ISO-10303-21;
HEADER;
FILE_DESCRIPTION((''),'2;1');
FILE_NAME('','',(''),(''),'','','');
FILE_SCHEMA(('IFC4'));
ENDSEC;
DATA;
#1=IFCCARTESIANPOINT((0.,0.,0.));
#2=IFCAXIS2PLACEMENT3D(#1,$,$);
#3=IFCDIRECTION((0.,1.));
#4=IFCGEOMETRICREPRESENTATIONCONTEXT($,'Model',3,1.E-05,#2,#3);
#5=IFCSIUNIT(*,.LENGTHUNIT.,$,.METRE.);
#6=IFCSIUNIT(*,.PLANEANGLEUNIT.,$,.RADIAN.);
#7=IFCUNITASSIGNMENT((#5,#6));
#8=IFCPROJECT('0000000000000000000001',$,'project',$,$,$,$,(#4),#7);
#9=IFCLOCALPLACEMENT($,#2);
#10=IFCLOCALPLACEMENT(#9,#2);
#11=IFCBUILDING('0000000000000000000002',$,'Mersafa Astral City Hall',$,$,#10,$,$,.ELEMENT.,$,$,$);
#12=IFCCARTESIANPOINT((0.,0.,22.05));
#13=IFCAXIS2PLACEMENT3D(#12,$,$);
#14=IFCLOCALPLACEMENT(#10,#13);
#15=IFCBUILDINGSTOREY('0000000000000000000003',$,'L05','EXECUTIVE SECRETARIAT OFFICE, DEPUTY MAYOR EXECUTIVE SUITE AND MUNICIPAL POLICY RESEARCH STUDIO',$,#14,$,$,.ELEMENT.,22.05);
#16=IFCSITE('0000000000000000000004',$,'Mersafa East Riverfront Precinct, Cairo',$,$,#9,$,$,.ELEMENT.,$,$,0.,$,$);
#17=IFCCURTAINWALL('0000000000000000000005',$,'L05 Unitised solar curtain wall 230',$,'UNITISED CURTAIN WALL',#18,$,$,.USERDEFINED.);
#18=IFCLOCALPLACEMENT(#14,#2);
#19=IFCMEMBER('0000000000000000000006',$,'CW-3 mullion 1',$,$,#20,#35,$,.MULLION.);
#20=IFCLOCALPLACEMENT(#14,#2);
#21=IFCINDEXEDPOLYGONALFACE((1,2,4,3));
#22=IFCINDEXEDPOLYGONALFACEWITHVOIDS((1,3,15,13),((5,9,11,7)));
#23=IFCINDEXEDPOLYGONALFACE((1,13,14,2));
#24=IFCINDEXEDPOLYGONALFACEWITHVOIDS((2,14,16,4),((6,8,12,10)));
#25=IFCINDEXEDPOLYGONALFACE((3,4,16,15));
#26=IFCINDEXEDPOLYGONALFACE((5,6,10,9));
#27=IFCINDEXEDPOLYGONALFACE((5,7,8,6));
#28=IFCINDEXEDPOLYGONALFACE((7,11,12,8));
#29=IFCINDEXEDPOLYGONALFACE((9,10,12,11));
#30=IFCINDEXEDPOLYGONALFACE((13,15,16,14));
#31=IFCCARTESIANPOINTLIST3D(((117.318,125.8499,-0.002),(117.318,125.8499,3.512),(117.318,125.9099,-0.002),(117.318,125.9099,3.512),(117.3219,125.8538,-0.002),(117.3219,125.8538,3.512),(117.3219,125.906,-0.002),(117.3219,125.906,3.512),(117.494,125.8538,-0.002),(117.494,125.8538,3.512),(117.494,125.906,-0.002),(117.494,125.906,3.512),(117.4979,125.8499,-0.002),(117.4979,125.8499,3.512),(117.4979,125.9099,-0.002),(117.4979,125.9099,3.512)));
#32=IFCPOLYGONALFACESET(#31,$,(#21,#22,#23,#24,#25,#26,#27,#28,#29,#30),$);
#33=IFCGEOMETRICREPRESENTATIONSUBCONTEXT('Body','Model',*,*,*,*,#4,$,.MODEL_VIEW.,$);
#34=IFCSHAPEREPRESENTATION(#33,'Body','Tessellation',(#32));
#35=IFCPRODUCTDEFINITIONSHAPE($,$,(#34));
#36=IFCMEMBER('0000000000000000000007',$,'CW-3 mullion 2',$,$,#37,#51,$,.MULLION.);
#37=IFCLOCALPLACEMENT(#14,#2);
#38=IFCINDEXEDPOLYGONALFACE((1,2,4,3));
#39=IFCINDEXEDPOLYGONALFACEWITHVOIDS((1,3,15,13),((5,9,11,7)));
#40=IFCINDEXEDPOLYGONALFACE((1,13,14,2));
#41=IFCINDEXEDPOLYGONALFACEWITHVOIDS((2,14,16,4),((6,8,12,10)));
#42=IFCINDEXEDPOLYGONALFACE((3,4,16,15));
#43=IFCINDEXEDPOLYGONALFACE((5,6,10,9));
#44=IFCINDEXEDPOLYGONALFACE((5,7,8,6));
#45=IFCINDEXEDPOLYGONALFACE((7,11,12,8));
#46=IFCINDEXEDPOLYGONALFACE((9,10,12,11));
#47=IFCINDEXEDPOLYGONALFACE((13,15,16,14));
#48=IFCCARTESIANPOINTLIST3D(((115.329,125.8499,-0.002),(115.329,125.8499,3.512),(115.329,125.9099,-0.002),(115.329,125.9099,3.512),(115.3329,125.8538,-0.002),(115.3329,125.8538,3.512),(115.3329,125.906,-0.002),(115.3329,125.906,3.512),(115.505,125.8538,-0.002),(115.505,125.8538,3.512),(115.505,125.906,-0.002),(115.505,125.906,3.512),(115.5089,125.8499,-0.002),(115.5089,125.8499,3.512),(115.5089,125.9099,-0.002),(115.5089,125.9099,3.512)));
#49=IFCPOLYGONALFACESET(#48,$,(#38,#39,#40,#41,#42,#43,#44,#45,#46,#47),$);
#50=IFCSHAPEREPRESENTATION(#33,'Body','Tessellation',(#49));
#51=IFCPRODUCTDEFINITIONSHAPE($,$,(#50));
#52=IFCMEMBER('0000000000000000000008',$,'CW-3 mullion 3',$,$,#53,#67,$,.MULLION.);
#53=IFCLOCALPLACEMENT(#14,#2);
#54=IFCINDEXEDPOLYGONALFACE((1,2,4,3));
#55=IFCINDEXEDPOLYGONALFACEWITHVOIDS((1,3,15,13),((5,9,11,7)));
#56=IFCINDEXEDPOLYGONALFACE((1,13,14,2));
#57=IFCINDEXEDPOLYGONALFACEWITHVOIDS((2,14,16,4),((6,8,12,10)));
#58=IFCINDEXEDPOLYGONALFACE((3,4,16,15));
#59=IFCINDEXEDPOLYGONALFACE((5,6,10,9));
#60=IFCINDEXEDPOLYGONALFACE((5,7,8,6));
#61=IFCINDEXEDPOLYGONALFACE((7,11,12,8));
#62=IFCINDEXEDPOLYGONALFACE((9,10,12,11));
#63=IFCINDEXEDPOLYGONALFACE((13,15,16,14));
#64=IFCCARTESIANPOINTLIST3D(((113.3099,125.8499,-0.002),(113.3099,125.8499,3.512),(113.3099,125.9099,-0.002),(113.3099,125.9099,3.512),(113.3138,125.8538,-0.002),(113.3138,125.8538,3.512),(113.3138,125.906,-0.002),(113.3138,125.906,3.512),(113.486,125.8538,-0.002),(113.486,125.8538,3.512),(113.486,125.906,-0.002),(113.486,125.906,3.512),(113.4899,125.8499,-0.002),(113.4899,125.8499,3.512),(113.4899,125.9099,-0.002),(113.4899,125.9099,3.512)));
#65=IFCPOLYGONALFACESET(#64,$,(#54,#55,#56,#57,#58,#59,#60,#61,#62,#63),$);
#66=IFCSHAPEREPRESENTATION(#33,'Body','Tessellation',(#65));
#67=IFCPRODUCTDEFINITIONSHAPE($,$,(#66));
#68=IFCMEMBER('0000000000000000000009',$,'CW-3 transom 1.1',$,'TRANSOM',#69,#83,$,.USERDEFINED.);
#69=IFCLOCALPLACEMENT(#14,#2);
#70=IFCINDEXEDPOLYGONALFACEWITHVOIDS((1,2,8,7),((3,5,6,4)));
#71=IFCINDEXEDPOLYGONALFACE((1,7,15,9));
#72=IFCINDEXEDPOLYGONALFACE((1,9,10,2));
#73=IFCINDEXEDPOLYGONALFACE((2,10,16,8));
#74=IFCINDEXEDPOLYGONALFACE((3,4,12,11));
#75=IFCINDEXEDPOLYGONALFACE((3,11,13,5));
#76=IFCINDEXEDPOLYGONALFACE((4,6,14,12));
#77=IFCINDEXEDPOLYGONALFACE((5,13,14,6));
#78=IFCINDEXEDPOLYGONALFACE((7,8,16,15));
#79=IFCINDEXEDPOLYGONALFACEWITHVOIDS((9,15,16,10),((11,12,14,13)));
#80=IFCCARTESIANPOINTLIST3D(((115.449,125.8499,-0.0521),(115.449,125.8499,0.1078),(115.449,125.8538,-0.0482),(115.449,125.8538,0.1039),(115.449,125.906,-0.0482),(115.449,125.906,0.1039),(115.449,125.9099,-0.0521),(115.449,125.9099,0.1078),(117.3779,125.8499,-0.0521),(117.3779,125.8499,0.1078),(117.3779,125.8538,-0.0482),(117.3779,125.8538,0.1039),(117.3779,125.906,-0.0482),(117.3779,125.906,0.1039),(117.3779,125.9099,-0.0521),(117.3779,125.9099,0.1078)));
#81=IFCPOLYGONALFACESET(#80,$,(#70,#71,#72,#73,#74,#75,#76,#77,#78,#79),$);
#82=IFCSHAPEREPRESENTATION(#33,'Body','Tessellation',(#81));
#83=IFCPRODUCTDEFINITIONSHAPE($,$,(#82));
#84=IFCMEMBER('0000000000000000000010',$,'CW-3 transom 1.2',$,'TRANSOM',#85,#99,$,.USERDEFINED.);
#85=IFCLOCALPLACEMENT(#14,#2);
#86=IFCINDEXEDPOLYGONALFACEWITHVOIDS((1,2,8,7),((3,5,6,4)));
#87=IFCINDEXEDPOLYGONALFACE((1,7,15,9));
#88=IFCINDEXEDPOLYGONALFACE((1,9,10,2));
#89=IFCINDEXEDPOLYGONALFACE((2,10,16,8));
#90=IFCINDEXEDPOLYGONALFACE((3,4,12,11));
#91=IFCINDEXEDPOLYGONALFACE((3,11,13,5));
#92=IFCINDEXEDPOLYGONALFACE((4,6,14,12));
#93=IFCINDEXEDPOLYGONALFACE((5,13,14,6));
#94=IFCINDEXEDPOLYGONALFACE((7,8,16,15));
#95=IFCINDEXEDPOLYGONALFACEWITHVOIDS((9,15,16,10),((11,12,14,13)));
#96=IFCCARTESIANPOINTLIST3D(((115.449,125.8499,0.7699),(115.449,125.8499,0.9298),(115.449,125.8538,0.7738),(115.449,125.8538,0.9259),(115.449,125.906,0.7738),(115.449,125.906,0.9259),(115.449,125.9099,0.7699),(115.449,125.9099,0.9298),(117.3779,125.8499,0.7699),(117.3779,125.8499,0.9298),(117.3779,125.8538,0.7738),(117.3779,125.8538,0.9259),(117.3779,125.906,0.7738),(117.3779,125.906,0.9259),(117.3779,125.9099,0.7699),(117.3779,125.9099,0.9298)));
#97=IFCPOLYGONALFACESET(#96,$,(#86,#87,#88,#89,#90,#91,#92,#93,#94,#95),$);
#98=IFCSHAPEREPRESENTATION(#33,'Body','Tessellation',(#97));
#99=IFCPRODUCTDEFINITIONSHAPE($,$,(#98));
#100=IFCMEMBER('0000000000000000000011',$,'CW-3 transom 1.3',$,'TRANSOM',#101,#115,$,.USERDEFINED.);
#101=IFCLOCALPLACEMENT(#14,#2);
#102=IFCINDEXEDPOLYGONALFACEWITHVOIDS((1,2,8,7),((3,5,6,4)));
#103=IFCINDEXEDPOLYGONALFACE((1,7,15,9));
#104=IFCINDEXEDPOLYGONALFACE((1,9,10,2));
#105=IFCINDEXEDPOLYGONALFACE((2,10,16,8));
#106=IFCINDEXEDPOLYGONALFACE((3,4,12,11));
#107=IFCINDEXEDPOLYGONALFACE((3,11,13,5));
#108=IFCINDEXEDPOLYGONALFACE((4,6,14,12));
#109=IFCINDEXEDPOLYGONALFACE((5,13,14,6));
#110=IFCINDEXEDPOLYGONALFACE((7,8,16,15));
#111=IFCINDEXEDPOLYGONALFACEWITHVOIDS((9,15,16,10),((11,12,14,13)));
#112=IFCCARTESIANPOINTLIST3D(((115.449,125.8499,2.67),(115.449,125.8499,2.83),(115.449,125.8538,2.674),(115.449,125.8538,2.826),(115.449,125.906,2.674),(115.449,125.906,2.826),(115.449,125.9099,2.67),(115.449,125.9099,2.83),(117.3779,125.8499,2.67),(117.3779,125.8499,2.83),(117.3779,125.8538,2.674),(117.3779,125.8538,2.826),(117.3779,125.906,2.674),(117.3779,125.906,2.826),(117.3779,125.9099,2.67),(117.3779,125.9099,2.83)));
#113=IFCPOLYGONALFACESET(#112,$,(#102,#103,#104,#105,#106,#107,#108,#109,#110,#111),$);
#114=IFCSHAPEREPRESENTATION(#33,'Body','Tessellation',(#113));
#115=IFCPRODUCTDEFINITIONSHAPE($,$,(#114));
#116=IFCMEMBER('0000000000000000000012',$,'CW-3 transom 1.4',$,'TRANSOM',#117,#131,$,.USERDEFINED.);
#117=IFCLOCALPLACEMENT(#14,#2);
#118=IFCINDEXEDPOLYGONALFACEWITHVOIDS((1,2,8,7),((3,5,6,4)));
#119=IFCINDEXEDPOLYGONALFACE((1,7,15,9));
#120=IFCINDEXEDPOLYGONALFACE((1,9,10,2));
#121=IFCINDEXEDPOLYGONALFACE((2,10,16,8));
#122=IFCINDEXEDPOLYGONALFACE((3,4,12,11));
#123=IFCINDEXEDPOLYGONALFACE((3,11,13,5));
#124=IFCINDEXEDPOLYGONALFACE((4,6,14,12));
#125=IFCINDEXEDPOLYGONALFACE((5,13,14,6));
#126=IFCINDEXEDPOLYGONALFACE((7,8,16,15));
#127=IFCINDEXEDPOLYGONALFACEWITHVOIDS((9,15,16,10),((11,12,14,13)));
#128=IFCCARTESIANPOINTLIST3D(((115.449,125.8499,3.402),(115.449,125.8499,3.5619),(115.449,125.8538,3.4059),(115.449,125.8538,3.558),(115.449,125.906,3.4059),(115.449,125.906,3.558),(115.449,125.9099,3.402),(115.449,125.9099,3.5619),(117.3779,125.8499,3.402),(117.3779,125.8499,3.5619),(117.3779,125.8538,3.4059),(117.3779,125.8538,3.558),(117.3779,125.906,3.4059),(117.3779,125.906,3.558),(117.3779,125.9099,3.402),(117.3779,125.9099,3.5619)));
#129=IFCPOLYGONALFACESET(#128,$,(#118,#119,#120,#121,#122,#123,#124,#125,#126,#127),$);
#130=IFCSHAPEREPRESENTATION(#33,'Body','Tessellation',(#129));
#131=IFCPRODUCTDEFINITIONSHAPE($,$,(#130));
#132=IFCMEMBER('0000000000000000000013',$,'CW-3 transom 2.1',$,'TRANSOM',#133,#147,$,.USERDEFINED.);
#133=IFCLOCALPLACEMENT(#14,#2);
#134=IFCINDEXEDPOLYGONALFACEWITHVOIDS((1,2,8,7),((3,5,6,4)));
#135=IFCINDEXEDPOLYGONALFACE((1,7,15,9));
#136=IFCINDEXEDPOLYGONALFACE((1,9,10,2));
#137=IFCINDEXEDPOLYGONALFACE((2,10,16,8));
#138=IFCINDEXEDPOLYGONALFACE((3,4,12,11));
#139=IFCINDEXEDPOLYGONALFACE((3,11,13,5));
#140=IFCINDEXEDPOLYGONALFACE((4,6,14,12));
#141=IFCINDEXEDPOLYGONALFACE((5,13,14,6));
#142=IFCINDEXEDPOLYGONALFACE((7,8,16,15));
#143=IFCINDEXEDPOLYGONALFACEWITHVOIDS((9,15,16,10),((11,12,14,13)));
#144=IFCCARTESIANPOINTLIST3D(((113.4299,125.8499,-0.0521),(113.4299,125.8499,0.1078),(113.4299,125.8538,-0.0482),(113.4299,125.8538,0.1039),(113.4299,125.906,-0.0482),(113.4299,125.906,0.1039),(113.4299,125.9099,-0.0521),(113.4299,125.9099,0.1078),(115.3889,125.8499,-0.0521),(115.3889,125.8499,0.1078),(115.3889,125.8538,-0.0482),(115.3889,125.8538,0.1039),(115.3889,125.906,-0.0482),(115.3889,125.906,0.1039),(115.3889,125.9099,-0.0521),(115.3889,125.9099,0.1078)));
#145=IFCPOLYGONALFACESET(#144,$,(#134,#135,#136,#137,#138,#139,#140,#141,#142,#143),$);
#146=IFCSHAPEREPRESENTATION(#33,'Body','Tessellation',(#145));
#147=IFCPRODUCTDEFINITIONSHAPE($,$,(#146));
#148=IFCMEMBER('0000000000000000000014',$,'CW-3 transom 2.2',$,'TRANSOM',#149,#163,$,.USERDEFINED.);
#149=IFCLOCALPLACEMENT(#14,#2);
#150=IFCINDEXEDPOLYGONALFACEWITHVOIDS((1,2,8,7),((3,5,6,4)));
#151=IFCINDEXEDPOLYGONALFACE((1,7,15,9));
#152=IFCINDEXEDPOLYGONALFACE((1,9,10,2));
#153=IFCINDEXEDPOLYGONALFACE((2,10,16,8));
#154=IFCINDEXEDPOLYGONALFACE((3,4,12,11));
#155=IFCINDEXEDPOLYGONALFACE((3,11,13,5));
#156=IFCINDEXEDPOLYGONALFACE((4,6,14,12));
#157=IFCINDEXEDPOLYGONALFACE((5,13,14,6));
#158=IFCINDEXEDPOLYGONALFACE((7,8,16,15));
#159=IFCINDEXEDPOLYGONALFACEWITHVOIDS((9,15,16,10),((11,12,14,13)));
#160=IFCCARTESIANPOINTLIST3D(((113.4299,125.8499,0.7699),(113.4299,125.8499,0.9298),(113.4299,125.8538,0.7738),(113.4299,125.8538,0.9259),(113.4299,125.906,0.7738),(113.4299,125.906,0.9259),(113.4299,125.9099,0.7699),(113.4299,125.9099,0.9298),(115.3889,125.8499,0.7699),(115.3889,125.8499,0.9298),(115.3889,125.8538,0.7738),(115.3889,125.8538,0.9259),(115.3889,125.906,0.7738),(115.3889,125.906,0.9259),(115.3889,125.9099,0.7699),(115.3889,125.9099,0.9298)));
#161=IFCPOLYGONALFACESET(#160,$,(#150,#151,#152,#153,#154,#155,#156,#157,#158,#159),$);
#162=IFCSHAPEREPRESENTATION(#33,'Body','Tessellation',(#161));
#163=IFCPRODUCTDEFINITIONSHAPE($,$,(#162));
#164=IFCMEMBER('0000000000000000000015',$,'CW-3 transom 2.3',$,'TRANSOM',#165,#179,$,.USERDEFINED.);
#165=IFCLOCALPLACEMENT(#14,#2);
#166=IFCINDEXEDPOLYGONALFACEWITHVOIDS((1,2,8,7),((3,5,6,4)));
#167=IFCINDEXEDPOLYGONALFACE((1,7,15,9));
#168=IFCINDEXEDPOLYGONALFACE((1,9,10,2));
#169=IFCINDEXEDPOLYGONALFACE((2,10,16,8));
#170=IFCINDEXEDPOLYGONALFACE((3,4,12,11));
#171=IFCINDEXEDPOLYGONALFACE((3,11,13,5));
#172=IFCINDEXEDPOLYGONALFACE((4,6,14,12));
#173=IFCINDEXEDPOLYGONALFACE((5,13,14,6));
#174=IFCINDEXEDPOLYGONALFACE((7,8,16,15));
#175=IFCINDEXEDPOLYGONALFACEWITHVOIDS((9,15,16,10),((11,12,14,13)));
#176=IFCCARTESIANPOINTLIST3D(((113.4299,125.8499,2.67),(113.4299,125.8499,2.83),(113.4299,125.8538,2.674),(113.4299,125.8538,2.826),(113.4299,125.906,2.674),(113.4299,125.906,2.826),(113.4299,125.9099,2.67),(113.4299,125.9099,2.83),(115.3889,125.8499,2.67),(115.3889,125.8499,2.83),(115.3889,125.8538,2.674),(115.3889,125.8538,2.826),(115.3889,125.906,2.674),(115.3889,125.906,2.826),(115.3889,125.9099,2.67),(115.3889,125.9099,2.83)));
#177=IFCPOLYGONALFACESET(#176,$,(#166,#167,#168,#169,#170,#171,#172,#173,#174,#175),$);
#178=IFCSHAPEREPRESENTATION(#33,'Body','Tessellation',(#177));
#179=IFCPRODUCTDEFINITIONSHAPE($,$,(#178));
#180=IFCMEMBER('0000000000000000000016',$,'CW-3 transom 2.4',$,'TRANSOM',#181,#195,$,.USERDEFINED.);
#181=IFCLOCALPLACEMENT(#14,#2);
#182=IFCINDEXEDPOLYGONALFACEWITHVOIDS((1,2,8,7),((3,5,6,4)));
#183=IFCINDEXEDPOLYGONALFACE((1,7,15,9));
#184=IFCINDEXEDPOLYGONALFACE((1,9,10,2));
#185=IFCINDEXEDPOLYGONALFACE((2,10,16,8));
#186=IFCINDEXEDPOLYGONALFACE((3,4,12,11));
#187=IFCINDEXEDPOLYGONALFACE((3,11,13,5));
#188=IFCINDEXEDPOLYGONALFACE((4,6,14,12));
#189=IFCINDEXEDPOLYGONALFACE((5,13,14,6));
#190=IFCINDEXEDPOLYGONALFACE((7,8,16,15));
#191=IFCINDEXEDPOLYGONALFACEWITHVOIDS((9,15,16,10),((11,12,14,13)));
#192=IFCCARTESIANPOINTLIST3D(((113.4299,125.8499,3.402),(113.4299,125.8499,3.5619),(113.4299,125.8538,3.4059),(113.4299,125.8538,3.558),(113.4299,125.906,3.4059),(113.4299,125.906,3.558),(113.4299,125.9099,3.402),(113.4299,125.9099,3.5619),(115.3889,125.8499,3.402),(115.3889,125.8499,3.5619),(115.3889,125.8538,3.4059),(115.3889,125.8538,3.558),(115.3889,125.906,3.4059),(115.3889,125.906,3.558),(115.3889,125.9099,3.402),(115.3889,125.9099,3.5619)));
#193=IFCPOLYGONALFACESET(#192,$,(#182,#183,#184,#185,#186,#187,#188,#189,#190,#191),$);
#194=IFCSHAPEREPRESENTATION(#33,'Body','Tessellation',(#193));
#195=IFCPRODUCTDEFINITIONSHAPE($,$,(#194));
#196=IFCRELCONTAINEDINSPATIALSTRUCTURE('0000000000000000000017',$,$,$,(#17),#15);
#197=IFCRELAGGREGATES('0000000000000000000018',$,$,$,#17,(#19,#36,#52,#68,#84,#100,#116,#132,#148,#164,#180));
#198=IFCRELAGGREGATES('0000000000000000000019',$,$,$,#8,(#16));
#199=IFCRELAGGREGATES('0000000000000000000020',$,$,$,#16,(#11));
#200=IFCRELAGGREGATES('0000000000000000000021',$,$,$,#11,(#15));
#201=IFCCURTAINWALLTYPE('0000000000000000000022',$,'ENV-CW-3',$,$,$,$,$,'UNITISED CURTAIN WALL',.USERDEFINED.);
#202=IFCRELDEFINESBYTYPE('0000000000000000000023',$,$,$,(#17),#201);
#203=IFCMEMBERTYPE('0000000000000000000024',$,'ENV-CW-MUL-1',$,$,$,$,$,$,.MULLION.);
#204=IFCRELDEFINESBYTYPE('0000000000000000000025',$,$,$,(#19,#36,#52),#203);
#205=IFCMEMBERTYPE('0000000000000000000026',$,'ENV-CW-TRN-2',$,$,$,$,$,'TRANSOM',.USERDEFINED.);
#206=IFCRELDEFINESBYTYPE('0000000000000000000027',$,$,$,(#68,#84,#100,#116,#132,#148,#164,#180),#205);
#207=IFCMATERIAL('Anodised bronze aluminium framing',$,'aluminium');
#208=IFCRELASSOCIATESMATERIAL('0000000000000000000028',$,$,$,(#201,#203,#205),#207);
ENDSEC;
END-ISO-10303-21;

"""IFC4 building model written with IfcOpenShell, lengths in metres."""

from ifc_helpers import new_model, si_unit, direction, frame, origin, origin_2d, place, context, subcontext, project, spatial, hollow_rectangle, extrude, material, material_profile, profile_set, type_object, element, aggregate, save


model = new_model("IFC4")

# Units and contexts
model_context = context("Model", 3, precision=1e-05, world=origin(), true_north=direction((0.0, 1.0)))
body_context = subcontext(model_context, "Body", "Model", "MODEL_VIEW")
ifc_project = project(units=[si_unit("LENGTHUNIT", "METRE"), si_unit("PLANEANGLEUNIT", "RADIAN")], contexts=[model_context])

# Site, building, storey
site_placement = place(None, origin())
site = spatial("IfcSite", under=ifc_project, at=site_placement, Name="Mersafa East Riverfront Precinct, Cairo", CompositionType="ELEMENT", RefElevation=0.0)
building_placement = place(site_placement, origin())
building = spatial("IfcBuilding", under=site, at=building_placement, Name="Mersafa Astral City Hall", CompositionType="ELEMENT")
storey_placement = place(building_placement, frame((0.0, 0.0, 22.05)))
storey = spatial("IfcBuildingStorey", under=building, at=storey_placement, Name="L05", Description="EXECUTIVE SECRETARIAT OFFICE, DEPUTY MAYOR EXECUTIVE SUITE AND MUNICIPAL POLICY RESEARCH STUDIO", CompositionType="ELEMENT", Elevation=22.05)

# Curtain wall, members
ifc_material_1 = material(Name="Anodised bronze aluminium framing", Category="aluminium")
curtain_wall_type = type_object("IfcCurtainWallType", Name="ENV-CW-3", ElementType="UNITISED CURTAIN WALL", PredefinedType="USERDEFINED", material=ifc_material_1)
curtain_wall_placement = place(storey_placement, origin())
curtain_wall = element("IfcCurtainWall", 1, at=curtain_wall_placement, inside=storey, type_object=curtain_wall_type, Name="L05 Unitised solar curtain wall 230", ObjectType="UNITISED CURTAIN WALL", PredefinedType="USERDEFINED")
ifc_material_profile_1 = material_profile(ifc_material_1, hollow_rectangle(XDim=0.0601, YDim=0.1799, WallThickness=0.0039, at=origin_2d()), Name="RHS 60x180x4")
ifc_profile_set_1 = profile_set([ifc_material_profile_1], Name="Anodised bronze aluminium framing")
member_type_1 = type_object("IfcMemberType", Name="ENV-CW-MUL-1", PredefinedType="MULLION", material=ifc_profile_set_1)
member_1_placement = place(storey_placement, frame((117.408, 125.8799, -0.002), z_axis=(0.0, 0.0, 1.0), x_axis=(0.0, -1.0, 0.0)))
member_1 = element("IfcMember", 2, at=member_1_placement, type_object=member_type_1, Name="CW-3 mullion 1", PredefinedType="MULLION", context=body_context, shape_type="SweptSolid", body=[
    extrude(hollow_rectangle(XDim=0.0601, YDim=0.1799, WallThickness=0.0039, at=origin_2d()), origin(), (0.0, 0.0, 1.0), 3.5139),
])
member_2_placement = place(storey_placement, frame((115.4189, 125.8799, -0.002), z_axis=(0.0, 0.0, 1.0), x_axis=(0.0, -1.0, 0.0)))
member_2 = element("IfcMember", 3, at=member_2_placement, type_object=member_type_1, Name="CW-3 mullion 2", PredefinedType="MULLION", context=body_context, shape_type="SweptSolid", body=[
    extrude(hollow_rectangle(XDim=0.0601, YDim=0.1799, WallThickness=0.0039, at=origin_2d()), origin(), (0.0, 0.0, 1.0), 3.5139),
])
member_3_placement = place(storey_placement, frame((113.3999, 125.8799, -0.002), z_axis=(0.0, 0.0, 1.0), x_axis=(0.0, -1.0, 0.0)))
member_3 = element("IfcMember", 4, at=member_3_placement, type_object=member_type_1, Name="CW-3 mullion 3", PredefinedType="MULLION", context=body_context, shape_type="SweptSolid", body=[
    extrude(hollow_rectangle(XDim=0.0601, YDim=0.1799, WallThickness=0.0039, at=origin_2d()), origin(), (0.0, 0.0, 1.0), 3.5139),
])
ifc_material_profile_2 = material_profile(ifc_material_1, hollow_rectangle(XDim=0.0601, YDim=0.1599, WallThickness=0.0039, at=origin_2d()), Name="RHS 60x160x4")
ifc_profile_set_2 = profile_set([ifc_material_profile_2], Name="Anodised bronze aluminium framing")
member_type_2 = type_object("IfcMemberType", Name="ENV-CW-TRN-2", ElementType="TRANSOM", PredefinedType="USERDEFINED", material=ifc_profile_set_2)
member_4_placement = place(storey_placement, frame((117.3779, 125.8799, 0.0278), z_axis=(-1.0, 0.0, 0.0), x_axis=(0.0, -1.0, 0.0)))
member_4 = element("IfcMember", 5, at=member_4_placement, type_object=member_type_2, Name="CW-3 transom 1.1", ObjectType="TRANSOM", PredefinedType="USERDEFINED", context=body_context, shape_type="SweptSolid", body=[
    extrude(hollow_rectangle(XDim=0.0601, YDim=0.1599, WallThickness=0.0039, at=origin_2d()), origin(), (0.0, 0.0, 1.0), 1.929),
])
member_5_placement = place(storey_placement, frame((117.3779, 125.8799, 0.8499), z_axis=(-1.0, 0.0, 0.0), x_axis=(0.0, -1.0, 0.0)))
member_5 = element("IfcMember", 6, at=member_5_placement, type_object=member_type_2, Name="CW-3 transom 1.2", ObjectType="TRANSOM", PredefinedType="USERDEFINED", context=body_context, shape_type="SweptSolid", body=[
    extrude(hollow_rectangle(XDim=0.0601, YDim=0.1599, WallThickness=0.0039, at=origin_2d()), origin(), (0.0, 0.0, 1.0), 1.929),
])
member_6_placement = place(storey_placement, frame((117.3779, 125.8799, 2.75), z_axis=(-1.0, 0.0, 0.0), x_axis=(0.0, -1.0, 0.0)))
member_6 = element("IfcMember", 7, at=member_6_placement, type_object=member_type_2, Name="CW-3 transom 1.3", ObjectType="TRANSOM", PredefinedType="USERDEFINED", context=body_context, shape_type="SweptSolid", body=[
    extrude(hollow_rectangle(XDim=0.0601, YDim=0.1599, WallThickness=0.0039, at=origin_2d()), origin(), (0.0, 0.0, 1.0), 1.929),
])
member_7_placement = place(storey_placement, frame((117.3779, 125.8799, 3.4819), z_axis=(-1.0, 0.0, 0.0), x_axis=(0.0, -1.0, 0.0)))
member_7 = element("IfcMember", 8, at=member_7_placement, type_object=member_type_2, Name="CW-3 transom 1.4", ObjectType="TRANSOM", PredefinedType="USERDEFINED", context=body_context, shape_type="SweptSolid", body=[
    extrude(hollow_rectangle(XDim=0.0601, YDim=0.1599, WallThickness=0.0039, at=origin_2d()), origin(), (0.0, 0.0, 1.0), 1.929),
])
member_8_placement = place(storey_placement, frame((115.3889, 125.8799, 0.0278), z_axis=(-1.0, 0.0, 0.0), x_axis=(0.0, -1.0, 0.0)))
member_8 = element("IfcMember", 9, at=member_8_placement, type_object=member_type_2, Name="CW-3 transom 2.1", ObjectType="TRANSOM", PredefinedType="USERDEFINED", context=body_context, shape_type="SweptSolid", body=[
    extrude(hollow_rectangle(XDim=0.0601, YDim=0.1599, WallThickness=0.0039, at=origin_2d()), origin(), (0.0, 0.0, 1.0), 1.959),
])
member_9_placement = place(storey_placement, frame((115.3889, 125.8799, 0.8499), z_axis=(-1.0, 0.0, 0.0), x_axis=(0.0, -1.0, 0.0)))
member_9 = element("IfcMember", 10, at=member_9_placement, type_object=member_type_2, Name="CW-3 transom 2.2", ObjectType="TRANSOM", PredefinedType="USERDEFINED", context=body_context, shape_type="SweptSolid", body=[
    extrude(hollow_rectangle(XDim=0.0601, YDim=0.1599, WallThickness=0.0039, at=origin_2d()), origin(), (0.0, 0.0, 1.0), 1.959),
])
member_10_placement = place(storey_placement, frame((115.3889, 125.8799, 2.75), z_axis=(-1.0, 0.0, 0.0), x_axis=(0.0, -1.0, 0.0)))
member_10 = element("IfcMember", 11, at=member_10_placement, type_object=member_type_2, Name="CW-3 transom 2.3", ObjectType="TRANSOM", PredefinedType="USERDEFINED", context=body_context, shape_type="SweptSolid", body=[
    extrude(hollow_rectangle(XDim=0.0601, YDim=0.1599, WallThickness=0.0039, at=origin_2d()), origin(), (0.0, 0.0, 1.0), 1.959),
])
member_11_placement = place(storey_placement, frame((115.3889, 125.8799, 3.4819), z_axis=(-1.0, 0.0, 0.0), x_axis=(0.0, -1.0, 0.0)))
member_11 = element("IfcMember", 12, at=member_11_placement, type_object=member_type_2, Name="CW-3 transom 2.4", ObjectType="TRANSOM", PredefinedType="USERDEFINED", context=body_context, shape_type="SweptSolid", body=[
    extrude(hollow_rectangle(XDim=0.0601, YDim=0.1599, WallThickness=0.0039, at=origin_2d()), origin(), (0.0, 0.0, 1.0), 1.959),
])
aggregate(curtain_wall, [member_1, member_2, member_3, member_4, member_5, member_6, member_7, member_8, member_9, member_10, member_11])

save(model, "model.ifc")
